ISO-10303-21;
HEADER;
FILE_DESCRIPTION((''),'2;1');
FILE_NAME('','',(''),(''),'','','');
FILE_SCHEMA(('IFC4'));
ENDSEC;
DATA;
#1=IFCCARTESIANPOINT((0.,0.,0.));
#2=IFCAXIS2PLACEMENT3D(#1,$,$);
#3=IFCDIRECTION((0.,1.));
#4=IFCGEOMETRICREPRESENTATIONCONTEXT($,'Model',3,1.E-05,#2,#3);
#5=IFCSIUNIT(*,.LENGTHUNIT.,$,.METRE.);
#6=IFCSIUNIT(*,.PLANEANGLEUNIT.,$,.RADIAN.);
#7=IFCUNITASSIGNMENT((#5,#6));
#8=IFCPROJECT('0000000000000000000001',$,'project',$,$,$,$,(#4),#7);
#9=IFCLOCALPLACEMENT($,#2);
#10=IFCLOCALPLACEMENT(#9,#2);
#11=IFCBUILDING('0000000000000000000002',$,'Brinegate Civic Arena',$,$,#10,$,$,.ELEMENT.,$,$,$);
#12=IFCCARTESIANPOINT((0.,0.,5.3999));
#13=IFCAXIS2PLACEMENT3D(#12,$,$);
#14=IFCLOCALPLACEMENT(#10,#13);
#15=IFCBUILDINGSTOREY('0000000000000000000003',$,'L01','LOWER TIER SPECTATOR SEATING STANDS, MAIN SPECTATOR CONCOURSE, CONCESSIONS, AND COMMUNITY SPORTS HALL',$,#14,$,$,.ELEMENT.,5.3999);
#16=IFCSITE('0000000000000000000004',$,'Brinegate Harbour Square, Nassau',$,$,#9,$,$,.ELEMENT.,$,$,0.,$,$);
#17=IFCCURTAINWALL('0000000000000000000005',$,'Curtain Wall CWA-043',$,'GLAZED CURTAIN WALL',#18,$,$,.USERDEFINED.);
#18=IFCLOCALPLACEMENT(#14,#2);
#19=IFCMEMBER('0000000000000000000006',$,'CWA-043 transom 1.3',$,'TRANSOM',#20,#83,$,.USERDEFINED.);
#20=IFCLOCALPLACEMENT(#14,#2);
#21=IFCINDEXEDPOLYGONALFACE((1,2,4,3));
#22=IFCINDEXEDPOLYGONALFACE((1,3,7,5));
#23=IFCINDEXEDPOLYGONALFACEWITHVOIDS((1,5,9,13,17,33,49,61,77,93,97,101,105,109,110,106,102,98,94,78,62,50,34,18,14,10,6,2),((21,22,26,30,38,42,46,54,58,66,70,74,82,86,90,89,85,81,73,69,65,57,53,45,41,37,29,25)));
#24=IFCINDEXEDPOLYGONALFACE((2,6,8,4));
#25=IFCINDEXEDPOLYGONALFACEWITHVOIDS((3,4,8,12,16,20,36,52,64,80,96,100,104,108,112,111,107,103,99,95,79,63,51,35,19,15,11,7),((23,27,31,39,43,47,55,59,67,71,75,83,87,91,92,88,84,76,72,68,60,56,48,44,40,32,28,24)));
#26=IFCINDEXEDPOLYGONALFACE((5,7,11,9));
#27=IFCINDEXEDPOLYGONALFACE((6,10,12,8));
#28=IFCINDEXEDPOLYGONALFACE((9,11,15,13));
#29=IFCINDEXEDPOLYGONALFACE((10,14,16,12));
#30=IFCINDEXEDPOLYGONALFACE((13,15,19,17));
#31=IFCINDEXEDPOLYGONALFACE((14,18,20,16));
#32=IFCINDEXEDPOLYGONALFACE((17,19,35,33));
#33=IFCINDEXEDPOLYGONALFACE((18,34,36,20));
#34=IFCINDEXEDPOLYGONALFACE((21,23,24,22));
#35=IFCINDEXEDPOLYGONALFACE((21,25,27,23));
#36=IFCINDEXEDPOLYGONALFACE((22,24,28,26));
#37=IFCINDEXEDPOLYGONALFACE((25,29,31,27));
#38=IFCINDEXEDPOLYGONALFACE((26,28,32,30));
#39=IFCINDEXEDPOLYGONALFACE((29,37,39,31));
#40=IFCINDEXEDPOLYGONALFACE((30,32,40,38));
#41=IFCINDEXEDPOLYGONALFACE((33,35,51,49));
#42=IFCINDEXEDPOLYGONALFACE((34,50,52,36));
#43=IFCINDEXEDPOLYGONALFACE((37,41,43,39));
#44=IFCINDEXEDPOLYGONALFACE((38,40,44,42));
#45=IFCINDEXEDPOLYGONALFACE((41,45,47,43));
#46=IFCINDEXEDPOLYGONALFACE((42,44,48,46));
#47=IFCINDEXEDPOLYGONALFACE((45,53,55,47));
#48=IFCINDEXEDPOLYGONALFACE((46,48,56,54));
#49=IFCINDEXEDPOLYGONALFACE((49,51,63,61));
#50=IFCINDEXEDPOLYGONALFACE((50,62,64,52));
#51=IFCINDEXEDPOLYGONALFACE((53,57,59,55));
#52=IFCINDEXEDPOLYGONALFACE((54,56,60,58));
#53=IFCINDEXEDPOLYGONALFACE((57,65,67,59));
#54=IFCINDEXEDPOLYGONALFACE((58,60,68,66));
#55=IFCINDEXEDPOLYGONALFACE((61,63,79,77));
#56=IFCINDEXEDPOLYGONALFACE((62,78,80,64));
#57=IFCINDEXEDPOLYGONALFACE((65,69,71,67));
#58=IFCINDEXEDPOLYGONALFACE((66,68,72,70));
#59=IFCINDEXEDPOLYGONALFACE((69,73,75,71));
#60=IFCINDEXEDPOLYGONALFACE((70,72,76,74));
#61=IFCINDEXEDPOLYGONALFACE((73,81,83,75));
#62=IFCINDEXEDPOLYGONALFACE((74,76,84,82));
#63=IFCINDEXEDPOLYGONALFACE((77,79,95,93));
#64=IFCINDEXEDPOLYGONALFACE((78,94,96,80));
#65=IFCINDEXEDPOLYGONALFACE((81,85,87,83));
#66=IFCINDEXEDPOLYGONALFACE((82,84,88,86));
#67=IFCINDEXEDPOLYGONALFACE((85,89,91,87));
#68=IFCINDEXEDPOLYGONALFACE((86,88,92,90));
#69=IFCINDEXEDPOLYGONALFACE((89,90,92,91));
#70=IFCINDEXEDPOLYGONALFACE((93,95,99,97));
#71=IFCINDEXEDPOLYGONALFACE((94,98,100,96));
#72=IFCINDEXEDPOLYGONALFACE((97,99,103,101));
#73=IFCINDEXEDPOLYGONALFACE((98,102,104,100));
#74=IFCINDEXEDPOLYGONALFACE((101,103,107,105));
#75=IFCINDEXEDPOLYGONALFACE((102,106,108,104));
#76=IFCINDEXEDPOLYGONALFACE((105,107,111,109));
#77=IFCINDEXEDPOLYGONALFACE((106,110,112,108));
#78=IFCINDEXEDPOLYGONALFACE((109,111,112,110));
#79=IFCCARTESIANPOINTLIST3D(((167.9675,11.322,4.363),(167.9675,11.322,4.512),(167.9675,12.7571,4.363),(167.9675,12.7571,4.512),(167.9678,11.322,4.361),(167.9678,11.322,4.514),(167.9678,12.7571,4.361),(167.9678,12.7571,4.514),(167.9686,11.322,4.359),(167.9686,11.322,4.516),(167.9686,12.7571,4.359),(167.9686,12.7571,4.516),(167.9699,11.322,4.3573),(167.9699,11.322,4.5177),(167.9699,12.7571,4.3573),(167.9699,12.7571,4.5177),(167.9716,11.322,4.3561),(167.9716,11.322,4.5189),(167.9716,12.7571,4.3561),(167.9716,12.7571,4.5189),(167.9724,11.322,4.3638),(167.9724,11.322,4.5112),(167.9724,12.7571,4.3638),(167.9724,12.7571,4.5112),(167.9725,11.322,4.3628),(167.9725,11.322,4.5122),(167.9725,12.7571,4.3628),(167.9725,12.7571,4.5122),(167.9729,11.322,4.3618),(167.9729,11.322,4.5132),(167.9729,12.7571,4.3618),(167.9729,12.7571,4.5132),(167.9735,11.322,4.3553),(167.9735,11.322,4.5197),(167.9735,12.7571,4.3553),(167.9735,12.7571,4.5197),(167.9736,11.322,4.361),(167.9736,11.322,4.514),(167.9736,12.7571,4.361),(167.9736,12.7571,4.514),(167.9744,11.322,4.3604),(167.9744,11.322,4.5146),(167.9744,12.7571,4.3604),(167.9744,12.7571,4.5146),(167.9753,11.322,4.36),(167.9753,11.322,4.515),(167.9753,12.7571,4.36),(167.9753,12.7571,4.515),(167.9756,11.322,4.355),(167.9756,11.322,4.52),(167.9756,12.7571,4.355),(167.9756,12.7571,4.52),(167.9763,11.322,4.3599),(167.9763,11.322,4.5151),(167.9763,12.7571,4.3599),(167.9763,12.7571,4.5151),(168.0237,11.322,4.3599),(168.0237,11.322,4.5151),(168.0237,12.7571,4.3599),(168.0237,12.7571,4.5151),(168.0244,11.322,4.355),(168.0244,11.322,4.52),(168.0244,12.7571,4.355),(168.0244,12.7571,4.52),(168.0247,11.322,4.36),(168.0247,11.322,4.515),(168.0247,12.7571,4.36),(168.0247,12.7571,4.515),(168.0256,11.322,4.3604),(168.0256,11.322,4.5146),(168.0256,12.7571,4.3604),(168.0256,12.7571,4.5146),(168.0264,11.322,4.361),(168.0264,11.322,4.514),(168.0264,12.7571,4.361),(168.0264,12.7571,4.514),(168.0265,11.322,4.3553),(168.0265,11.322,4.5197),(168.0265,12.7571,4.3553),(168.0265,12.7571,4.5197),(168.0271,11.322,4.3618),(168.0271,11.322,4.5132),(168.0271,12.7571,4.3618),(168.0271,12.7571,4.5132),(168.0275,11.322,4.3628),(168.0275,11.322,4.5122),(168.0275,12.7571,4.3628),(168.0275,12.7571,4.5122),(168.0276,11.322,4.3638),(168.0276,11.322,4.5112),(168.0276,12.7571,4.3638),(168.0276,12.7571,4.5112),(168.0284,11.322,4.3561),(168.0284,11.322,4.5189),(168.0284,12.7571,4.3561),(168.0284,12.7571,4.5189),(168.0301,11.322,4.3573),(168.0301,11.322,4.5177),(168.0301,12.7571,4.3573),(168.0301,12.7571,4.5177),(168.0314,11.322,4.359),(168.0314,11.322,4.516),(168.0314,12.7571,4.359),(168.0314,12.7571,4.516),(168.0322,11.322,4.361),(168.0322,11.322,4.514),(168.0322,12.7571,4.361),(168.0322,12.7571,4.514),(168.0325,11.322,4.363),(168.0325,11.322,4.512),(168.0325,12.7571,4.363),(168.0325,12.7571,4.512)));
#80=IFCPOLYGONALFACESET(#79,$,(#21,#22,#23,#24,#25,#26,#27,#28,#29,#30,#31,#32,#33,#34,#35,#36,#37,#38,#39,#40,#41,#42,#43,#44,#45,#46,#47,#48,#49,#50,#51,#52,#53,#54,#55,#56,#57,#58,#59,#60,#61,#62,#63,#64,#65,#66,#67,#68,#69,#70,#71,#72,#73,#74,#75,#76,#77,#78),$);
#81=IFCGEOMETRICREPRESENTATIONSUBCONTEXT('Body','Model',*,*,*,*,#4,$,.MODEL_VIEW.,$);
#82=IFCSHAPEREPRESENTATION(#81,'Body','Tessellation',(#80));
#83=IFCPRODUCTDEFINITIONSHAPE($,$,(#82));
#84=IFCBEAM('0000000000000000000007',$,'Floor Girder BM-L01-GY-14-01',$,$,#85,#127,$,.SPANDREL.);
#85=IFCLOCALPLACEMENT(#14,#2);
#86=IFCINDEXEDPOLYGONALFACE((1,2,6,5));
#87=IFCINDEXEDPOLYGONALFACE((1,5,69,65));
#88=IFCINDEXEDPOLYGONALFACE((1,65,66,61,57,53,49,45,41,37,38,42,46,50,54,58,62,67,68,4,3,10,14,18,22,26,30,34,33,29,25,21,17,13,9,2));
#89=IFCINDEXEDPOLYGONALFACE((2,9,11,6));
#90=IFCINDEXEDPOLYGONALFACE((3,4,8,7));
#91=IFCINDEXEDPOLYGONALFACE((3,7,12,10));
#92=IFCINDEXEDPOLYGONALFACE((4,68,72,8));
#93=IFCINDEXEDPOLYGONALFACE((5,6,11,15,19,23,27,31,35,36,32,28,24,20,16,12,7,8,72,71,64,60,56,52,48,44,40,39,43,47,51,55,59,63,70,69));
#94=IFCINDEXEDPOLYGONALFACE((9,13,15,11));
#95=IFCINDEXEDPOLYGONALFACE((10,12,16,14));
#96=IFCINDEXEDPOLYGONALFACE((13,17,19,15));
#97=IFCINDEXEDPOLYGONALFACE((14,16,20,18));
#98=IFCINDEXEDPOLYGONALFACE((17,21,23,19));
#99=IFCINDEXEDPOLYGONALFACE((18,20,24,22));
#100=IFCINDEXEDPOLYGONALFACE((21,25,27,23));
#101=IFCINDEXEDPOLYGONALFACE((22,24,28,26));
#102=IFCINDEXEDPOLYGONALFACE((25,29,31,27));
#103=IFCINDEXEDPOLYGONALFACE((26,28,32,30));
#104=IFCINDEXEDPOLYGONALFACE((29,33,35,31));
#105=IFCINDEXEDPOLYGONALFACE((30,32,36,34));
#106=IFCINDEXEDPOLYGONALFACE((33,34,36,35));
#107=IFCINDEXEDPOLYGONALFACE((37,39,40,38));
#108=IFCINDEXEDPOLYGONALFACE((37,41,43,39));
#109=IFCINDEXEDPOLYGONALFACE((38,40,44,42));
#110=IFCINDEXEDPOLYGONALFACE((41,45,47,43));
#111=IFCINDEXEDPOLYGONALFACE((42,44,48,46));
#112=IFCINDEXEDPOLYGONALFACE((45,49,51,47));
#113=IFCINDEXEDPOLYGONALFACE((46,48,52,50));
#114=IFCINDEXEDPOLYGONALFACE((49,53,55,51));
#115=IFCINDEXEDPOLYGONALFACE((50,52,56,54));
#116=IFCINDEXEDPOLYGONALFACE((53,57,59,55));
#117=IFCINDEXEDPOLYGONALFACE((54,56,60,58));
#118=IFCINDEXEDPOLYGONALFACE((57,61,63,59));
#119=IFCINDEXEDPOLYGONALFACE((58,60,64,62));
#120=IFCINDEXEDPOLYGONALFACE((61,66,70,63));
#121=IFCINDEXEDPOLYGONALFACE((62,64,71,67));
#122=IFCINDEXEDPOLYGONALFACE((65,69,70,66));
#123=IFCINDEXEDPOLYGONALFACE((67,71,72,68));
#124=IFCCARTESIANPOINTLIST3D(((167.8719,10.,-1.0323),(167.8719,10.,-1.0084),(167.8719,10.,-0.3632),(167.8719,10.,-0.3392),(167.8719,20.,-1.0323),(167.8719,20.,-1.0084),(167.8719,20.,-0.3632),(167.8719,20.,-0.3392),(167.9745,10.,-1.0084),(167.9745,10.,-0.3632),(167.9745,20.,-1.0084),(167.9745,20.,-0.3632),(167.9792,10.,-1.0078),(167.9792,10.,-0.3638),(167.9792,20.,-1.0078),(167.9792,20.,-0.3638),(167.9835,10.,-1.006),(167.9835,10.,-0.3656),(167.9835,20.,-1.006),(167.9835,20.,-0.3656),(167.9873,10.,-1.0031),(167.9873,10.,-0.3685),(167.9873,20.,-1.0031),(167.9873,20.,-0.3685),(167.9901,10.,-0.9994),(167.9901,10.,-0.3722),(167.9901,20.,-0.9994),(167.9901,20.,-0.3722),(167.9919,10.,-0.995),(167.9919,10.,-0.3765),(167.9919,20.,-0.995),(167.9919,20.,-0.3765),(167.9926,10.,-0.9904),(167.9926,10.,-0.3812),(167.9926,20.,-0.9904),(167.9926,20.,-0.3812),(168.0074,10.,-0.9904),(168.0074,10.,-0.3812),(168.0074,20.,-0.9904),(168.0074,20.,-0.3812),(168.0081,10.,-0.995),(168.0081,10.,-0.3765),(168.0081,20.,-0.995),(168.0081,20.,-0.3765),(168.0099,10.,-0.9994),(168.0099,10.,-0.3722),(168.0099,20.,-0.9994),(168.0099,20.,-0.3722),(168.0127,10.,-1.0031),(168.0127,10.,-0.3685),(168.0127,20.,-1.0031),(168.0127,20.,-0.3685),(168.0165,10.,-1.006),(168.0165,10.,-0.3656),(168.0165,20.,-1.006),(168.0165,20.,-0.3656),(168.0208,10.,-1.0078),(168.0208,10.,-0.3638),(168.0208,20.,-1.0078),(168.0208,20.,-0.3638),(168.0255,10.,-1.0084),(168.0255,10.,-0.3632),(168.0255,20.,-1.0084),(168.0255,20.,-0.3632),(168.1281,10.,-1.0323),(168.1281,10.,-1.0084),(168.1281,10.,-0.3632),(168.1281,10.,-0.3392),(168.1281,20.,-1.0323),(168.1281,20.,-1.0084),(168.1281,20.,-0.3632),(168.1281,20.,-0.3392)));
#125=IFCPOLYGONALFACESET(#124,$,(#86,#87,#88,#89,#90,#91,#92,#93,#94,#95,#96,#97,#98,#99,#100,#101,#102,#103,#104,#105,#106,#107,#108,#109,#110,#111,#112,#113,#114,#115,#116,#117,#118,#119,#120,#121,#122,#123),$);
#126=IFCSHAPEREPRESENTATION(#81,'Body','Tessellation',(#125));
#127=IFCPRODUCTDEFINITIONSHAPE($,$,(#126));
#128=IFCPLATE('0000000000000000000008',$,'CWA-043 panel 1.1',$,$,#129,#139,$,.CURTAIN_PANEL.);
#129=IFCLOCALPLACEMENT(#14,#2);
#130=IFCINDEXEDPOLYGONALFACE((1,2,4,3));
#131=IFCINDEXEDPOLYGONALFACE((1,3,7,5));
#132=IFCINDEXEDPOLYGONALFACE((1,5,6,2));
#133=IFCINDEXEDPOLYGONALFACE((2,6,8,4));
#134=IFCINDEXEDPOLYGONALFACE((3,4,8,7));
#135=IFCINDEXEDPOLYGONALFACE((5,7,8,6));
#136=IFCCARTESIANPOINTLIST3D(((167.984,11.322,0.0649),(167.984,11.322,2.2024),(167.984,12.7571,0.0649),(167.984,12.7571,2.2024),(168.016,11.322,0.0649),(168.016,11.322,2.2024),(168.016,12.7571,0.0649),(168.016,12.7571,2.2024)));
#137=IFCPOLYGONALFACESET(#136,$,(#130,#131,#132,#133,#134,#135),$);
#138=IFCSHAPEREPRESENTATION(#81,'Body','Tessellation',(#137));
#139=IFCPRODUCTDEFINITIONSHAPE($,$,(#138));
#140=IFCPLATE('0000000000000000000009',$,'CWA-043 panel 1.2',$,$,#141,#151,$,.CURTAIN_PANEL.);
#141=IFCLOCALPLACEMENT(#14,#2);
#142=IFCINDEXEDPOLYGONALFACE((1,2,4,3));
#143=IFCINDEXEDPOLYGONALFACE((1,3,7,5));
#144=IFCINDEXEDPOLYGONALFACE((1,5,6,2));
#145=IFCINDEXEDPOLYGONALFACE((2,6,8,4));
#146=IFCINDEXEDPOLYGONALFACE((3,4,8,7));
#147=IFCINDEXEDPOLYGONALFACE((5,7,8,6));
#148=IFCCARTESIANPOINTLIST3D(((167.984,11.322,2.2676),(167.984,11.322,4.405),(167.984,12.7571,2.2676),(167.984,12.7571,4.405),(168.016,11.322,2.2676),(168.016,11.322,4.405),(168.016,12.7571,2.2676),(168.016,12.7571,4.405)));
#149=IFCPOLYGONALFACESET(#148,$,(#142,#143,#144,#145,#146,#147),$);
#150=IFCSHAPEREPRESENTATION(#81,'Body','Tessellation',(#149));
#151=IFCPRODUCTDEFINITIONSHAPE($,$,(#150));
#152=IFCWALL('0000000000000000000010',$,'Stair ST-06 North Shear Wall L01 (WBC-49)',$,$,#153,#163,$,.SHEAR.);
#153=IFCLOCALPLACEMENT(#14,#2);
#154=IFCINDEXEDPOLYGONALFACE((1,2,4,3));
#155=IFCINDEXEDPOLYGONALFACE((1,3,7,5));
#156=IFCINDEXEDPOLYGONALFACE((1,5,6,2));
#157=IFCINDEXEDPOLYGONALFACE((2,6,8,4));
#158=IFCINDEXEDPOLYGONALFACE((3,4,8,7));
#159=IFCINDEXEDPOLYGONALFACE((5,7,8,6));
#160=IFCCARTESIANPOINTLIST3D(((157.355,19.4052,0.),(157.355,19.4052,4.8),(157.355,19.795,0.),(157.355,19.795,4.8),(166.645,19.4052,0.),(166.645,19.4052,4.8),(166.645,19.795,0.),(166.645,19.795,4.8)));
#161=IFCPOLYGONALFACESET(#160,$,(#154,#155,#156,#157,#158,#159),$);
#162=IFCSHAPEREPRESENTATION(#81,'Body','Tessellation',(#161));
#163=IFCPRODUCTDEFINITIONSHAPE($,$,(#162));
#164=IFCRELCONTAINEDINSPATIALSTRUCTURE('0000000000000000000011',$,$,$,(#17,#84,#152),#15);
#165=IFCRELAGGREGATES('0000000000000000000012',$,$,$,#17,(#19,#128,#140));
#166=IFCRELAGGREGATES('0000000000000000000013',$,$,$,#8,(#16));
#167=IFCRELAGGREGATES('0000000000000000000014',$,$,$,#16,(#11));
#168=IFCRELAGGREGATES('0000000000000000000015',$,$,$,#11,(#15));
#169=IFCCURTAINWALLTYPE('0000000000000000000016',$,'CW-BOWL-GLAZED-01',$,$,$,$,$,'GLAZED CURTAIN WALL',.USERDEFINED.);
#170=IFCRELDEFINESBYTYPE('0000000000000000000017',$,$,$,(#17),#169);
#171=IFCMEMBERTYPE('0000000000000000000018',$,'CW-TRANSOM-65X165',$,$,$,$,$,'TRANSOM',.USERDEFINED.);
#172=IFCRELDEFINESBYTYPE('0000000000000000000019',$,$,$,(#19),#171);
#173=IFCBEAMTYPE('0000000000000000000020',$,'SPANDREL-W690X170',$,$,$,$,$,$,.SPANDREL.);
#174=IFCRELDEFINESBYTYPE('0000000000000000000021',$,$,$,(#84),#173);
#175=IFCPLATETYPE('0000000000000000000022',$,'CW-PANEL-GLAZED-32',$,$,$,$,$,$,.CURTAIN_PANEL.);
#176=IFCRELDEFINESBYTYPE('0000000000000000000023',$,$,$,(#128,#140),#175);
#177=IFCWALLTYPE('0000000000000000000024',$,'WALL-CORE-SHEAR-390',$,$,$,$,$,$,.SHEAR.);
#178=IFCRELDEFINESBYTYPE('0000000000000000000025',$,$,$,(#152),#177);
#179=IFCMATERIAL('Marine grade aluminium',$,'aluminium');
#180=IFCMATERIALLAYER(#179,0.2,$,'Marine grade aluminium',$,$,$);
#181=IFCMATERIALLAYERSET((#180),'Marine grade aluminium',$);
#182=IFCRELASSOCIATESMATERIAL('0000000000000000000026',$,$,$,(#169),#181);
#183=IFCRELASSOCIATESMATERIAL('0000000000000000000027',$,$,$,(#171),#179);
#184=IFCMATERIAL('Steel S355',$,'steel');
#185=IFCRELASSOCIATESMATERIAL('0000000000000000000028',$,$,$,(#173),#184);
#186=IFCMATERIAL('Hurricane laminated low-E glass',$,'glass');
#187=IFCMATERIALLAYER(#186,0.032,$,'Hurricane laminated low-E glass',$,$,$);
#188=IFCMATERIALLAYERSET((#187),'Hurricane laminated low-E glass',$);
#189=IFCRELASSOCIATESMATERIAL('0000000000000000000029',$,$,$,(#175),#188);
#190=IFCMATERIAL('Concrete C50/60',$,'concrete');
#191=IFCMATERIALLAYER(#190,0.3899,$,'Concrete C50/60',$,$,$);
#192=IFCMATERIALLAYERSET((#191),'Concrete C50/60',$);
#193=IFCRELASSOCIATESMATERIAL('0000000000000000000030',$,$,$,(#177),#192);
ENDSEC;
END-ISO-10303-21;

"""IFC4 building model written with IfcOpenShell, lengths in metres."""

from ifc_helpers import new_model, si_unit, direction, frame, frame_2d, origin, origin_2d, place, context, subcontext, project, spatial, rectangle, hollow_rectangle, i_section, extrude, material, layer, layer_set, material_profile, profile_set, type_object, element, aggregate, save


model = new_model("IFC4")

# Units and contexts
model_context = context("Model", 3, precision=1e-05, world=origin(), true_north=direction((0.0, 1.0)))
body_context = subcontext(model_context, "Body", "Model", "MODEL_VIEW")
ifc_project = project(units=[si_unit("LENGTHUNIT", "METRE"), si_unit("PLANEANGLEUNIT", "RADIAN")], contexts=[model_context])

# Site, building, storey
site_placement = place(None, origin())
site = spatial("IfcSite", under=ifc_project, at=site_placement, Name="Brinegate Harbour Square, Nassau", CompositionType="ELEMENT", RefElevation=0.0)
building_placement = place(site_placement, origin())
building = spatial("IfcBuilding", under=site, at=building_placement, Name="Brinegate Civic Arena", CompositionType="ELEMENT")
storey_placement = place(building_placement, frame((0.0, 0.0, 5.3999)))
storey = spatial("IfcBuildingStorey", under=building, at=storey_placement, Name="L01", Description="LOWER TIER SPECTATOR SEATING STANDS, MAIN SPECTATOR CONCOURSE, CONCESSIONS, AND COMMUNITY SPORTS HALL", CompositionType="ELEMENT", Elevation=5.3999)

# Shared definitions
ifc_material_1 = material(Name="Concrete C50/60", Category="concrete")

# Curtain wall, member
ifc_material_2 = material(Name="Marine grade aluminium", Category="aluminium")
ifc_layer_1 = layer(ifc_material_2, 0.2, Name="Marine grade aluminium")
ifc_layer_set_1 = layer_set([ifc_layer_1], Name="Marine grade aluminium")
curtain_wall_type = type_object("IfcCurtainWallType", Name="CW-BOWL-GLAZED-01", ElementType="GLAZED CURTAIN WALL", PredefinedType="USERDEFINED", material=ifc_layer_set_1)
curtain_wall_placement = place(storey_placement, origin())
curtain_wall = element("IfcCurtainWall", 1, at=curtain_wall_placement, inside=storey, type_object=curtain_wall_type, Name="Curtain Wall CWA-043", ObjectType="GLAZED CURTAIN WALL", PredefinedType="USERDEFINED")
ifc_material_profile_1 = material_profile(ifc_material_2, hollow_rectangle(XDim=0.0649, YDim=0.165, WallThickness=0.0049, InnerFilletRadius=0.0039, OuterFilletRadius=0.0081, at=origin_2d()), Name="TRN65X165")
ifc_profile_set_1 = profile_set([ifc_material_profile_1], Name="Marine grade aluminium")
member_type_1 = type_object("IfcMemberType", Name="CW-TRANSOM-65X165", ElementType="TRANSOM", PredefinedType="USERDEFINED", material=ifc_profile_set_1)
member_1_placement = place(storey_placement, frame((168.0, 11.322, 4.4375), z_axis=(0.0, 1.0, 0.0), x_axis=(-1.0, 0.0, 0.0)))
member_1 = element("IfcMember", 2, at=member_1_placement, type_object=member_type_1, Name="CWA-043 transom 1.3", ObjectType="TRANSOM", PredefinedType="USERDEFINED", context=body_context, shape_type="SweptSolid", body=[
    extrude(hollow_rectangle(XDim=0.0649, YDim=0.165, WallThickness=0.0049, InnerFilletRadius=0.0039, OuterFilletRadius=0.0081, at=origin_2d()), origin(), (0.0, 0.0, 1.0), 1.4351),
])

# Beam
ifc_material_3 = material(Name="Steel S355", Category="steel")
ifc_material_profile_2 = material_profile(ifc_material_3, i_section(OverallWidth=0.2561, OverallDepth=0.6931, WebThickness=0.0149, FlangeThickness=0.0239, FilletRadius=0.0181, at=origin_2d()), Name="W690X170")
ifc_profile_set_2 = profile_set([ifc_material_profile_2], Name="Steel S355")
beam_type = type_object("IfcBeamType", Name="SPANDREL-W690X170", PredefinedType="SPANDREL", material=ifc_profile_set_2)
beam_placement = place(storey_placement, frame((168.0, 10.0, -0.6858), z_axis=(0.0, 1.0, 0.0), x_axis=(-1.0, 0.0, 0.0)))
element("IfcBeam", 3, at=beam_placement, inside=storey, type_object=beam_type, Name="Floor Girder BM-L01-GY-14-01", PredefinedType="SPANDREL", context=body_context, shape_type="SweptSolid", body=[
    extrude(i_section(OverallWidth=0.2561, OverallDepth=0.6931, WebThickness=0.0149, FlangeThickness=0.0239, FilletRadius=0.0181, at=origin_2d()), origin(), (0.0, 0.0, 1.0), 10.0),
])

# Plates
ifc_material_4 = material(Name="Hurricane laminated low-E glass", Category="glass")
ifc_layer_2 = layer(ifc_material_4, 0.032, Name="Hurricane laminated low-E glass")
ifc_layer_set_2 = layer_set([ifc_layer_2], Name="Hurricane laminated low-E glass")
plate_type = type_object("IfcPlateType", Name="CW-PANEL-GLAZED-32", PredefinedType="CURTAIN_PANEL", material=ifc_layer_set_2)
plate_1_placement = place(storey_placement, frame((168.0, 12.0396, 0.0649), z_axis=(0.0, 0.0, 1.0), x_axis=(0.0, 1.0, 0.0)))
plate_1 = element("IfcPlate", 4, at=plate_1_placement, type_object=plate_type, Name="CWA-043 panel 1.1", PredefinedType="CURTAIN_PANEL", context=body_context, shape_type="SweptSolid", body=[
    extrude(rectangle(XDim=1.4351, YDim=0.032, at=origin_2d()), origin(), (0.0, 0.0, 1.0), 2.1375),
])
plate_2_placement = place(storey_placement, frame((168.0, 12.0396, 2.2676), z_axis=(0.0, 0.0, 1.0), x_axis=(0.0, 1.0, 0.0)))
plate_2 = element("IfcPlate", 5, at=plate_2_placement, type_object=plate_type, Name="CWA-043 panel 1.2", PredefinedType="CURTAIN_PANEL", context=body_context, shape_type="SweptSolid", body=[
    extrude(rectangle(XDim=1.4351, YDim=0.032, at=origin_2d()), origin(), (0.0, 0.0, 1.0), 2.1375),
])
aggregate(curtain_wall, [member_1, plate_1, plate_2])

# Wall
ifc_layer_3 = layer(ifc_material_1, 0.3899, Name="Concrete C50/60")
ifc_layer_set_3 = layer_set([ifc_layer_3], Name="Concrete C50/60")
wall_type_1 = type_object("IfcWallType", Name="WALL-CORE-SHEAR-390", PredefinedType="SHEAR", material=ifc_layer_set_3)
wall_1_placement = place(storey_placement, frame((157.355, 19.6001, 0.0), z_axis=(0.0, 0.0, 1.0), x_axis=(1.0, 0.0, 0.0)))
element("IfcWall", 6, at=wall_1_placement, inside=storey, type_object=wall_type_1, Name="Stair ST-06 North Shear Wall L01 (WBC-49)", PredefinedType="SHEAR", context=body_context, shape_type="SweptSolid", body=[
    extrude(rectangle(XDim=9.29, YDim=0.3899, at=frame_2d((4.645, 0.0))), origin(), (0.0, 0.0, 1.0), 4.8),
])

save(model, "model.ifc")
